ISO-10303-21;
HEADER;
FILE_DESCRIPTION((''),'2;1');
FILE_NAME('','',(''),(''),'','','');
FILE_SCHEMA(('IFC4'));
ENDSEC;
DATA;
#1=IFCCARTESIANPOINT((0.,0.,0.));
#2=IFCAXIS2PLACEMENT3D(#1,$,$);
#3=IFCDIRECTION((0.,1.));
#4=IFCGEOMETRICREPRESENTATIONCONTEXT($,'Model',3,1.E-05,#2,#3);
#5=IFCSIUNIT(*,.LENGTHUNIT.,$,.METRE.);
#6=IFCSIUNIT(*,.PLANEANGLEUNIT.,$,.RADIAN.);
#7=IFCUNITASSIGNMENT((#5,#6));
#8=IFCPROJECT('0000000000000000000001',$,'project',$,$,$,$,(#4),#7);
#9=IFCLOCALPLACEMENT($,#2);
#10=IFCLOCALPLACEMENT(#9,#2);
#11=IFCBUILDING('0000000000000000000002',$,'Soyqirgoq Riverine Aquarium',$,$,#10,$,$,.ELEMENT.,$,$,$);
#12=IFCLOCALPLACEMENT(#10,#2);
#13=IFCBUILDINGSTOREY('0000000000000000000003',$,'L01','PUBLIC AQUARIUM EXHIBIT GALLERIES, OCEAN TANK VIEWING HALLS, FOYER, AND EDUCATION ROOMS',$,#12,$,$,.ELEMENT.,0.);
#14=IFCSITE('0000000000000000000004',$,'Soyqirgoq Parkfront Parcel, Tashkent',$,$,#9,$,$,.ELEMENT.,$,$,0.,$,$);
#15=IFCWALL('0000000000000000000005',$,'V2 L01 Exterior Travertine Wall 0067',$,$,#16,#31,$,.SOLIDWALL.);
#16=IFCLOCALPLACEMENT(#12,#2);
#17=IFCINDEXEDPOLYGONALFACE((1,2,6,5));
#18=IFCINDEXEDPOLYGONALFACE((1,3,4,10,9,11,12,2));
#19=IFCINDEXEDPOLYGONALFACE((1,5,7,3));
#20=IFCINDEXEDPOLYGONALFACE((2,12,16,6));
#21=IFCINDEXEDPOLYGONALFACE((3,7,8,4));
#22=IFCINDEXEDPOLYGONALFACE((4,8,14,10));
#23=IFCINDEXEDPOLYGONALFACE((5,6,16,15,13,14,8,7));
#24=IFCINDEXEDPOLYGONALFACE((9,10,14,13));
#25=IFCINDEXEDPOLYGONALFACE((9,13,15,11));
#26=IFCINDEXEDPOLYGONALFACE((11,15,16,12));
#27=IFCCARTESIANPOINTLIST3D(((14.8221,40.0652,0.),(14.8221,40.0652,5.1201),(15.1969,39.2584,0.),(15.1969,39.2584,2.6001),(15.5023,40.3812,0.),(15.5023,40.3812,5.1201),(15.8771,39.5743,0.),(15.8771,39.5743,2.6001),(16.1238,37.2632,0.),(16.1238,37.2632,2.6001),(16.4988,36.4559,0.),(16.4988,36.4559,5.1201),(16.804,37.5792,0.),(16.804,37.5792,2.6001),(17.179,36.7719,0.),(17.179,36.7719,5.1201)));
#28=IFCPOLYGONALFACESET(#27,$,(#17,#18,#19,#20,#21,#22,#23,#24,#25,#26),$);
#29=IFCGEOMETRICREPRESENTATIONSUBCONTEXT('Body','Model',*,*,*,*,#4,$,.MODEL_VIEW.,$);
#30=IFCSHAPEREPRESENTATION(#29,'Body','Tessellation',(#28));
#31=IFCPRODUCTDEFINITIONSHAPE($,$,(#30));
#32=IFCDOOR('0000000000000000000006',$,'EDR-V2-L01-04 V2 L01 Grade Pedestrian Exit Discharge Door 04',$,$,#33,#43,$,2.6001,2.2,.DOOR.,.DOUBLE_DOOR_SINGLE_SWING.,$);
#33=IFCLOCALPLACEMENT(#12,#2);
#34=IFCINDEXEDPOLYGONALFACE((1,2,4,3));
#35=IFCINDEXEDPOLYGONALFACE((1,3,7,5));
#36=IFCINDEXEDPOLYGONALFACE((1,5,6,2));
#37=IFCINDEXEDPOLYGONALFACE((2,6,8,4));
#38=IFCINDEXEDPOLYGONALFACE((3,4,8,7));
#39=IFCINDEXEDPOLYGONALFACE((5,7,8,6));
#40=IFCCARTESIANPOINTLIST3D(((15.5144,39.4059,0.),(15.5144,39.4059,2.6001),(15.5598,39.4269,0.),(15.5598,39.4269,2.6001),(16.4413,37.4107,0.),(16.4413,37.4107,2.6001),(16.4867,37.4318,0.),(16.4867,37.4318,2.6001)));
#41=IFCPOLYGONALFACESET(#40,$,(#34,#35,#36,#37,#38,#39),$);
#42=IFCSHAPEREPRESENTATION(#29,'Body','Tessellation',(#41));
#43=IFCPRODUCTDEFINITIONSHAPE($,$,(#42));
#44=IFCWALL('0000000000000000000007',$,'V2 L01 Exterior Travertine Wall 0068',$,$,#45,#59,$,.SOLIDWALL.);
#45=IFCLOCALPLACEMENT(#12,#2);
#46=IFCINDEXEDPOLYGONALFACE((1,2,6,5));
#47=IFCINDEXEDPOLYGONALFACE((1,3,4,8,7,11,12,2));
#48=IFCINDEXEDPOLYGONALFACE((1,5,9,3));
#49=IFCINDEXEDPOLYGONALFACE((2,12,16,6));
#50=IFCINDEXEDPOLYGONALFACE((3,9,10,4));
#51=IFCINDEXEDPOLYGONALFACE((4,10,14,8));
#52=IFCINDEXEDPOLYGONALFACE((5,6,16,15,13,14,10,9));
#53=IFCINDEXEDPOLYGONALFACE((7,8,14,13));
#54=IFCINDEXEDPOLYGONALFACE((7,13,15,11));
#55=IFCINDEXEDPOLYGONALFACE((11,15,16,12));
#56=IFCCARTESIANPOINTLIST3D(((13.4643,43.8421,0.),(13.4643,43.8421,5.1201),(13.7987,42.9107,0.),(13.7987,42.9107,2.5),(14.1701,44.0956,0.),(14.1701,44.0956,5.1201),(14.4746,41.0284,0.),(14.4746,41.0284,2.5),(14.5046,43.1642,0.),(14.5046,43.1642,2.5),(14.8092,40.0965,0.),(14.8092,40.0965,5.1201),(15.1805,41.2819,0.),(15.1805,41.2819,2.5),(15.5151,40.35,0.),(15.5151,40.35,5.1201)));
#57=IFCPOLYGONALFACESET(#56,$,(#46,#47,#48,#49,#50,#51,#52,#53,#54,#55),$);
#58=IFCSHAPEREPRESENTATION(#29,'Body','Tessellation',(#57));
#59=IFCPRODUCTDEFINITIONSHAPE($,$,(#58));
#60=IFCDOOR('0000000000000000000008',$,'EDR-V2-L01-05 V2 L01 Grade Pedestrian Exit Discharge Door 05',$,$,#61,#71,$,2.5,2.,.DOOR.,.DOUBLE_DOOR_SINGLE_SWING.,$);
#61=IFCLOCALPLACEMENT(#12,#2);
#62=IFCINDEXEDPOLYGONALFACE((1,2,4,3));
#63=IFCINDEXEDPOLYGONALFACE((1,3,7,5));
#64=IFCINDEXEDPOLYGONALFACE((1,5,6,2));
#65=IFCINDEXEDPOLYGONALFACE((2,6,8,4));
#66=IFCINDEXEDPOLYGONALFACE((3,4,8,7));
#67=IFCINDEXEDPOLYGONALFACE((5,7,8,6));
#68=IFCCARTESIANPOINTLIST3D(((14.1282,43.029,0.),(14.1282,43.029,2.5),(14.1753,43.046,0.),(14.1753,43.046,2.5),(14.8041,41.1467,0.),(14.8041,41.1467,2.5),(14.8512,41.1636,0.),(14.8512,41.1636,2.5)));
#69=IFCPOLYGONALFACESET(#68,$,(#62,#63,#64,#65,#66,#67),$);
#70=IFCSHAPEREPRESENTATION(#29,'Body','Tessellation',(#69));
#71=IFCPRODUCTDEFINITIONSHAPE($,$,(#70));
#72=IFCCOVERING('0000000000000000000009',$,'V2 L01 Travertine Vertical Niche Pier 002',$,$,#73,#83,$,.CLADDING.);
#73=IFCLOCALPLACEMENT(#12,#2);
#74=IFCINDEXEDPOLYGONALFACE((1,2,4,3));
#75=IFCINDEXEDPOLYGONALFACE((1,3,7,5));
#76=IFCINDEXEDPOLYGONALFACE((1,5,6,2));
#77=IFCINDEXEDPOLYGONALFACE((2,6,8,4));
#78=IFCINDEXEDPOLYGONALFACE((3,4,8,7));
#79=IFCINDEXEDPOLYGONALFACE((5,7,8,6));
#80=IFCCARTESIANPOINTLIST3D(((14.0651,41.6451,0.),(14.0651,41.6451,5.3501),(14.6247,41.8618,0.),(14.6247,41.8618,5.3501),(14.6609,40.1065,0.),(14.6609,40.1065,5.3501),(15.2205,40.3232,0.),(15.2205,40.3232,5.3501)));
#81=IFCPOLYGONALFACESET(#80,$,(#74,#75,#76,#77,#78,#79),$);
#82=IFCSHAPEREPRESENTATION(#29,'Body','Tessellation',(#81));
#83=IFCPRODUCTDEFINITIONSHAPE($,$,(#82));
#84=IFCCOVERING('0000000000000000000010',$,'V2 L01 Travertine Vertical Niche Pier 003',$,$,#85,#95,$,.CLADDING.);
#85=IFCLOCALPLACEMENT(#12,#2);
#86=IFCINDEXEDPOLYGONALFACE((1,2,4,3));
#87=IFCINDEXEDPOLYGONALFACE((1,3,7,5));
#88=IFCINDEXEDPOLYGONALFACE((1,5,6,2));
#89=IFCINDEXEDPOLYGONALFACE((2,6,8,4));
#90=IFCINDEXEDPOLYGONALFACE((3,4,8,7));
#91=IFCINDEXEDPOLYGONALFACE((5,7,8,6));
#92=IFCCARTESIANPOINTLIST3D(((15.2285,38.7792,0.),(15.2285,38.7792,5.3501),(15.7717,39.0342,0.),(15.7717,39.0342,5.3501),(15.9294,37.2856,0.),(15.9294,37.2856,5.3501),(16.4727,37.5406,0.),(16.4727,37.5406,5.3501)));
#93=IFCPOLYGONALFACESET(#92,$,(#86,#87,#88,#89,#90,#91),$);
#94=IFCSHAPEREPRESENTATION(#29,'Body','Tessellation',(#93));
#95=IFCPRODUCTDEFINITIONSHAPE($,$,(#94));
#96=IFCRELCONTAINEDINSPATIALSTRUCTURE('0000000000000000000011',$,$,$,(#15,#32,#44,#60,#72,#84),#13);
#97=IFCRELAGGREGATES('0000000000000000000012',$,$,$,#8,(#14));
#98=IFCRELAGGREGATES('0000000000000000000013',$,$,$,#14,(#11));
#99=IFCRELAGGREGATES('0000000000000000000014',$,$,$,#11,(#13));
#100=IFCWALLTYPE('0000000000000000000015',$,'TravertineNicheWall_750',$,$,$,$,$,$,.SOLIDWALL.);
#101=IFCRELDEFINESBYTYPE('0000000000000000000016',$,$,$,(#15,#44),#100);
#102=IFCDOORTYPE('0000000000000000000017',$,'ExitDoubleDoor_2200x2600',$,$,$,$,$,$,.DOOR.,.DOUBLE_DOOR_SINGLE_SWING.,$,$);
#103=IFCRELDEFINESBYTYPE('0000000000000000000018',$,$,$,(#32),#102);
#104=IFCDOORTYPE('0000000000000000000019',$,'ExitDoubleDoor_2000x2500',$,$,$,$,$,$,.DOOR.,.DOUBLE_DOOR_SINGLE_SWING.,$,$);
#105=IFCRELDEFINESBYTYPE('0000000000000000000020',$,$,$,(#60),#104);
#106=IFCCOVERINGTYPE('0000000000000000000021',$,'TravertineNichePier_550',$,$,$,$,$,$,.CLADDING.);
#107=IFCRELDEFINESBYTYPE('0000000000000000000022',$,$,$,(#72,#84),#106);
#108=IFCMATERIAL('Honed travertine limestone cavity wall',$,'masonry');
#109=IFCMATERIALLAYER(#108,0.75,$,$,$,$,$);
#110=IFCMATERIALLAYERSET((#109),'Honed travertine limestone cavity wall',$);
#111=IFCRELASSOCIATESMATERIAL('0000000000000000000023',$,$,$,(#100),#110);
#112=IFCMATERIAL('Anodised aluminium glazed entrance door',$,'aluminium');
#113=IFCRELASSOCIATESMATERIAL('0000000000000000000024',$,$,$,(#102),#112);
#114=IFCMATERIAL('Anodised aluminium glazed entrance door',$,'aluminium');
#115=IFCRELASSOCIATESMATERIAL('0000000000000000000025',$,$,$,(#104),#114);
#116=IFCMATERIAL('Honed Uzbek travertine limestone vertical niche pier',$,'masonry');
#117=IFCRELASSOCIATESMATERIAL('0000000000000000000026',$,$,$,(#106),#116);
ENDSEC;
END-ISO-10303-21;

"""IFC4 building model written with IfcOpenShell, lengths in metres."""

from ifc_helpers import new_model, si_unit, direction, frame, frame_2d, origin, origin_2d, place, context, subcontext, project, spatial, rectangle, extrude, material, layer, layer_set, type_object, element, fill, save


model = new_model("IFC4")

# Units and contexts
model_context = context("Model", 3, precision=1e-05, world=origin(), true_north=direction((0.0, 1.0)))
body_context = subcontext(model_context, "Body", "Model", "MODEL_VIEW")
ifc_project = project(units=[si_unit("LENGTHUNIT", "METRE"), si_unit("PLANEANGLEUNIT", "RADIAN")], contexts=[model_context])

# Site, building, storey
site_placement = place(None, origin())
site = spatial("IfcSite", under=ifc_project, at=site_placement, Name="Soyqirgoq Parkfront Parcel, Tashkent", CompositionType="ELEMENT", RefElevation=0.0)
building_placement = place(site_placement, origin())
building = spatial("IfcBuilding", under=site, at=building_placement, Name="Soyqirgoq Riverine Aquarium", CompositionType="ELEMENT")
storey_placement = place(building_placement, origin())
storey = spatial("IfcBuildingStorey", under=building, at=storey_placement, Name="L01", Description="PUBLIC AQUARIUM EXHIBIT GALLERIES, OCEAN TANK VIEWING HALLS, FOYER, AND EDUCATION ROOMS", CompositionType="ELEMENT", Elevation=0.0)

# Walls, openings, doors
ifc_material_1 = material(Name="Honed travertine limestone cavity wall", Category="masonry")
ifc_layer_1 = layer(ifc_material_1, 0.75)
ifc_layer_set_1 = layer_set([ifc_layer_1], Name="Honed travertine limestone cavity wall")
wall_type_1 = type_object("IfcWallType", Name="TravertineNicheWall_750", PredefinedType="SOLIDWALL", material=ifc_layer_set_1)
wall_1_placement = place(storey_placement, frame((16.8389, 36.614, 0.0), z_axis=(0.0, 0.0, 1.0), x_axis=(-0.421313, 0.906915, 0.0)))
wall_1 = element("IfcWall", 1, at=wall_1_placement, inside=storey, type_object=wall_type_1, Name="V2 L01 Exterior Travertine Wall 0067", PredefinedType="SOLIDWALL", context=body_context, shape_type="SweptSolid", body=[
    extrude(rectangle(XDim=3.9797, YDim=0.75, at=frame_2d((1.9897, 0.0))), origin(), (0.0, 0.0, 1.0), 5.1201),
])
opening_1_placement = place(wall_1_placement, frame((0.8899, 0.0, 0.0)))
opening_1 = element("IfcOpeningElement", 2, at=opening_1_placement, cuts=wall_1, PredefinedType="OPENING", context=body_context, shape_type="SweptSolid", body=[
    extrude(rectangle(XDim=2.2, YDim=2.6001, at=frame_2d((1.1001, 1.3))), frame((0.0, 0.385, 0.0), z_axis=(0.0, -1.0, 0.0), x_axis=(1.0, 0.0, 0.0)), (0.0, 0.0, 1.0), 0.77),
])
ifc_material_2 = material(Name="Anodised aluminium glazed entrance door", Category="aluminium")
door_type_1 = type_object("IfcDoorType", Name="ExitDoubleDoor_2200x2600", OperationType="DOUBLE_DOOR_SINGLE_SWING", PredefinedType="DOOR", material=ifc_material_2)
door_1_placement = place(opening_1_placement, origin())
door_1 = element("IfcDoor", 3, at=door_1_placement, inside=storey, type_object=door_type_1, Name="EDR-V2-L01-04 V2 L01 Grade Pedestrian Exit Discharge Door 04", OperationType="DOUBLE_DOOR_SINGLE_SWING", OverallHeight=2.6001, OverallWidth=2.2, PredefinedType="DOOR", context=body_context, shape_type="SweptSolid", body=[
    extrude(rectangle(XDim=2.2, YDim=2.6001, at=frame_2d((1.1001, 1.3))), frame((0.0, 0.0249, 0.0), z_axis=(0.0, -1.0, 0.0), x_axis=(1.0, 0.0, 0.0)), (0.0, 0.0, 1.0), 0.05),
])
fill(opening_1, door_1)
wall_2_placement = place(storey_placement, frame((15.1621, 40.2234, 0.0), z_axis=(0.0, 0.0, 1.0), x_axis=(-0.337953, 0.941163, 0.0)))
wall_2 = element("IfcWall", 4, at=wall_2_placement, inside=storey, type_object=wall_type_1, Name="V2 L01 Exterior Travertine Wall 0068", PredefinedType="SOLIDWALL", context=body_context, shape_type="SweptSolid", body=[
    extrude(rectangle(XDim=3.9797, YDim=0.75, at=frame_2d((1.9897, 0.0))), origin(), (0.0, 0.0, 1.0), 5.1201),
])
opening_2_placement = place(wall_2_placement, frame((0.99, 0.0, 0.0)))
opening_2 = element("IfcOpeningElement", 5, at=opening_2_placement, cuts=wall_2, PredefinedType="OPENING", context=body_context, shape_type="SweptSolid", body=[
    extrude(rectangle(XDim=2.0, YDim=2.5, at=frame_2d((1.0, 1.25))), frame((0.0, 0.385, 0.0), z_axis=(0.0, -1.0, 0.0), x_axis=(1.0, 0.0, 0.0)), (0.0, 0.0, 1.0), 0.77),
])
ifc_material_3 = material(Name="Anodised aluminium glazed entrance door", Category="aluminium")
door_type_2 = type_object("IfcDoorType", Name="ExitDoubleDoor_2000x2500", OperationType="DOUBLE_DOOR_SINGLE_SWING", PredefinedType="DOOR", material=ifc_material_3)
door_2_placement = place(opening_2_placement, origin())
door_2 = element("IfcDoor", 6, at=door_2_placement, inside=storey, type_object=door_type_2, Name="EDR-V2-L01-05 V2 L01 Grade Pedestrian Exit Discharge Door 05", OperationType="DOUBLE_DOOR_SINGLE_SWING", OverallHeight=2.5, OverallWidth=2.0, PredefinedType="DOOR", context=body_context, shape_type="SweptSolid", body=[
    extrude(rectangle(XDim=2.0, YDim=2.5, at=frame_2d((1.0, 1.25))), frame((0.0, 0.0249, 0.0), z_axis=(0.0, -1.0, 0.0), x_axis=(1.0, 0.0, 0.0)), (0.0, 0.0, 1.0), 0.05),
])
fill(opening_2, door_2)

# Coverings
ifc_material_4 = material(Name="Honed Uzbek travertine limestone vertical niche pier", Category="masonry")
covering_type = type_object("IfcCoveringType", Name="TravertineNichePier_550", PredefinedType="CLADDING", material=ifc_material_4)
for number, where, z_axis, x_axis, name in (
    (7, (14.6428, 40.9841, 0.0), (0.0, 0.0, 1.0), (-0.932513, -0.361136, 0.0), "V2 L01 Travertine Vertical Niche Pier 002"),
    (8, (15.8506, 38.1599, 0.0), (0.0, 0.0, 1.0), (-0.905272, -0.424832, 0.0), "V2 L01 Travertine Vertical Niche Pier 003"),
):
    element("IfcCovering", number, at=place(storey_placement, frame(where, z_axis=z_axis, x_axis=x_axis)), inside=storey, type_object=covering_type, Name=name, PredefinedType="CLADDING", context=body_context, shape_type="SweptSolid", body=[
        extrude(rectangle(XDim=0.6001, YDim=1.6499, at=origin_2d()), origin(), (0.0, 0.0, 1.0), 5.3501),
    ])

save(model, "model.ifc")
